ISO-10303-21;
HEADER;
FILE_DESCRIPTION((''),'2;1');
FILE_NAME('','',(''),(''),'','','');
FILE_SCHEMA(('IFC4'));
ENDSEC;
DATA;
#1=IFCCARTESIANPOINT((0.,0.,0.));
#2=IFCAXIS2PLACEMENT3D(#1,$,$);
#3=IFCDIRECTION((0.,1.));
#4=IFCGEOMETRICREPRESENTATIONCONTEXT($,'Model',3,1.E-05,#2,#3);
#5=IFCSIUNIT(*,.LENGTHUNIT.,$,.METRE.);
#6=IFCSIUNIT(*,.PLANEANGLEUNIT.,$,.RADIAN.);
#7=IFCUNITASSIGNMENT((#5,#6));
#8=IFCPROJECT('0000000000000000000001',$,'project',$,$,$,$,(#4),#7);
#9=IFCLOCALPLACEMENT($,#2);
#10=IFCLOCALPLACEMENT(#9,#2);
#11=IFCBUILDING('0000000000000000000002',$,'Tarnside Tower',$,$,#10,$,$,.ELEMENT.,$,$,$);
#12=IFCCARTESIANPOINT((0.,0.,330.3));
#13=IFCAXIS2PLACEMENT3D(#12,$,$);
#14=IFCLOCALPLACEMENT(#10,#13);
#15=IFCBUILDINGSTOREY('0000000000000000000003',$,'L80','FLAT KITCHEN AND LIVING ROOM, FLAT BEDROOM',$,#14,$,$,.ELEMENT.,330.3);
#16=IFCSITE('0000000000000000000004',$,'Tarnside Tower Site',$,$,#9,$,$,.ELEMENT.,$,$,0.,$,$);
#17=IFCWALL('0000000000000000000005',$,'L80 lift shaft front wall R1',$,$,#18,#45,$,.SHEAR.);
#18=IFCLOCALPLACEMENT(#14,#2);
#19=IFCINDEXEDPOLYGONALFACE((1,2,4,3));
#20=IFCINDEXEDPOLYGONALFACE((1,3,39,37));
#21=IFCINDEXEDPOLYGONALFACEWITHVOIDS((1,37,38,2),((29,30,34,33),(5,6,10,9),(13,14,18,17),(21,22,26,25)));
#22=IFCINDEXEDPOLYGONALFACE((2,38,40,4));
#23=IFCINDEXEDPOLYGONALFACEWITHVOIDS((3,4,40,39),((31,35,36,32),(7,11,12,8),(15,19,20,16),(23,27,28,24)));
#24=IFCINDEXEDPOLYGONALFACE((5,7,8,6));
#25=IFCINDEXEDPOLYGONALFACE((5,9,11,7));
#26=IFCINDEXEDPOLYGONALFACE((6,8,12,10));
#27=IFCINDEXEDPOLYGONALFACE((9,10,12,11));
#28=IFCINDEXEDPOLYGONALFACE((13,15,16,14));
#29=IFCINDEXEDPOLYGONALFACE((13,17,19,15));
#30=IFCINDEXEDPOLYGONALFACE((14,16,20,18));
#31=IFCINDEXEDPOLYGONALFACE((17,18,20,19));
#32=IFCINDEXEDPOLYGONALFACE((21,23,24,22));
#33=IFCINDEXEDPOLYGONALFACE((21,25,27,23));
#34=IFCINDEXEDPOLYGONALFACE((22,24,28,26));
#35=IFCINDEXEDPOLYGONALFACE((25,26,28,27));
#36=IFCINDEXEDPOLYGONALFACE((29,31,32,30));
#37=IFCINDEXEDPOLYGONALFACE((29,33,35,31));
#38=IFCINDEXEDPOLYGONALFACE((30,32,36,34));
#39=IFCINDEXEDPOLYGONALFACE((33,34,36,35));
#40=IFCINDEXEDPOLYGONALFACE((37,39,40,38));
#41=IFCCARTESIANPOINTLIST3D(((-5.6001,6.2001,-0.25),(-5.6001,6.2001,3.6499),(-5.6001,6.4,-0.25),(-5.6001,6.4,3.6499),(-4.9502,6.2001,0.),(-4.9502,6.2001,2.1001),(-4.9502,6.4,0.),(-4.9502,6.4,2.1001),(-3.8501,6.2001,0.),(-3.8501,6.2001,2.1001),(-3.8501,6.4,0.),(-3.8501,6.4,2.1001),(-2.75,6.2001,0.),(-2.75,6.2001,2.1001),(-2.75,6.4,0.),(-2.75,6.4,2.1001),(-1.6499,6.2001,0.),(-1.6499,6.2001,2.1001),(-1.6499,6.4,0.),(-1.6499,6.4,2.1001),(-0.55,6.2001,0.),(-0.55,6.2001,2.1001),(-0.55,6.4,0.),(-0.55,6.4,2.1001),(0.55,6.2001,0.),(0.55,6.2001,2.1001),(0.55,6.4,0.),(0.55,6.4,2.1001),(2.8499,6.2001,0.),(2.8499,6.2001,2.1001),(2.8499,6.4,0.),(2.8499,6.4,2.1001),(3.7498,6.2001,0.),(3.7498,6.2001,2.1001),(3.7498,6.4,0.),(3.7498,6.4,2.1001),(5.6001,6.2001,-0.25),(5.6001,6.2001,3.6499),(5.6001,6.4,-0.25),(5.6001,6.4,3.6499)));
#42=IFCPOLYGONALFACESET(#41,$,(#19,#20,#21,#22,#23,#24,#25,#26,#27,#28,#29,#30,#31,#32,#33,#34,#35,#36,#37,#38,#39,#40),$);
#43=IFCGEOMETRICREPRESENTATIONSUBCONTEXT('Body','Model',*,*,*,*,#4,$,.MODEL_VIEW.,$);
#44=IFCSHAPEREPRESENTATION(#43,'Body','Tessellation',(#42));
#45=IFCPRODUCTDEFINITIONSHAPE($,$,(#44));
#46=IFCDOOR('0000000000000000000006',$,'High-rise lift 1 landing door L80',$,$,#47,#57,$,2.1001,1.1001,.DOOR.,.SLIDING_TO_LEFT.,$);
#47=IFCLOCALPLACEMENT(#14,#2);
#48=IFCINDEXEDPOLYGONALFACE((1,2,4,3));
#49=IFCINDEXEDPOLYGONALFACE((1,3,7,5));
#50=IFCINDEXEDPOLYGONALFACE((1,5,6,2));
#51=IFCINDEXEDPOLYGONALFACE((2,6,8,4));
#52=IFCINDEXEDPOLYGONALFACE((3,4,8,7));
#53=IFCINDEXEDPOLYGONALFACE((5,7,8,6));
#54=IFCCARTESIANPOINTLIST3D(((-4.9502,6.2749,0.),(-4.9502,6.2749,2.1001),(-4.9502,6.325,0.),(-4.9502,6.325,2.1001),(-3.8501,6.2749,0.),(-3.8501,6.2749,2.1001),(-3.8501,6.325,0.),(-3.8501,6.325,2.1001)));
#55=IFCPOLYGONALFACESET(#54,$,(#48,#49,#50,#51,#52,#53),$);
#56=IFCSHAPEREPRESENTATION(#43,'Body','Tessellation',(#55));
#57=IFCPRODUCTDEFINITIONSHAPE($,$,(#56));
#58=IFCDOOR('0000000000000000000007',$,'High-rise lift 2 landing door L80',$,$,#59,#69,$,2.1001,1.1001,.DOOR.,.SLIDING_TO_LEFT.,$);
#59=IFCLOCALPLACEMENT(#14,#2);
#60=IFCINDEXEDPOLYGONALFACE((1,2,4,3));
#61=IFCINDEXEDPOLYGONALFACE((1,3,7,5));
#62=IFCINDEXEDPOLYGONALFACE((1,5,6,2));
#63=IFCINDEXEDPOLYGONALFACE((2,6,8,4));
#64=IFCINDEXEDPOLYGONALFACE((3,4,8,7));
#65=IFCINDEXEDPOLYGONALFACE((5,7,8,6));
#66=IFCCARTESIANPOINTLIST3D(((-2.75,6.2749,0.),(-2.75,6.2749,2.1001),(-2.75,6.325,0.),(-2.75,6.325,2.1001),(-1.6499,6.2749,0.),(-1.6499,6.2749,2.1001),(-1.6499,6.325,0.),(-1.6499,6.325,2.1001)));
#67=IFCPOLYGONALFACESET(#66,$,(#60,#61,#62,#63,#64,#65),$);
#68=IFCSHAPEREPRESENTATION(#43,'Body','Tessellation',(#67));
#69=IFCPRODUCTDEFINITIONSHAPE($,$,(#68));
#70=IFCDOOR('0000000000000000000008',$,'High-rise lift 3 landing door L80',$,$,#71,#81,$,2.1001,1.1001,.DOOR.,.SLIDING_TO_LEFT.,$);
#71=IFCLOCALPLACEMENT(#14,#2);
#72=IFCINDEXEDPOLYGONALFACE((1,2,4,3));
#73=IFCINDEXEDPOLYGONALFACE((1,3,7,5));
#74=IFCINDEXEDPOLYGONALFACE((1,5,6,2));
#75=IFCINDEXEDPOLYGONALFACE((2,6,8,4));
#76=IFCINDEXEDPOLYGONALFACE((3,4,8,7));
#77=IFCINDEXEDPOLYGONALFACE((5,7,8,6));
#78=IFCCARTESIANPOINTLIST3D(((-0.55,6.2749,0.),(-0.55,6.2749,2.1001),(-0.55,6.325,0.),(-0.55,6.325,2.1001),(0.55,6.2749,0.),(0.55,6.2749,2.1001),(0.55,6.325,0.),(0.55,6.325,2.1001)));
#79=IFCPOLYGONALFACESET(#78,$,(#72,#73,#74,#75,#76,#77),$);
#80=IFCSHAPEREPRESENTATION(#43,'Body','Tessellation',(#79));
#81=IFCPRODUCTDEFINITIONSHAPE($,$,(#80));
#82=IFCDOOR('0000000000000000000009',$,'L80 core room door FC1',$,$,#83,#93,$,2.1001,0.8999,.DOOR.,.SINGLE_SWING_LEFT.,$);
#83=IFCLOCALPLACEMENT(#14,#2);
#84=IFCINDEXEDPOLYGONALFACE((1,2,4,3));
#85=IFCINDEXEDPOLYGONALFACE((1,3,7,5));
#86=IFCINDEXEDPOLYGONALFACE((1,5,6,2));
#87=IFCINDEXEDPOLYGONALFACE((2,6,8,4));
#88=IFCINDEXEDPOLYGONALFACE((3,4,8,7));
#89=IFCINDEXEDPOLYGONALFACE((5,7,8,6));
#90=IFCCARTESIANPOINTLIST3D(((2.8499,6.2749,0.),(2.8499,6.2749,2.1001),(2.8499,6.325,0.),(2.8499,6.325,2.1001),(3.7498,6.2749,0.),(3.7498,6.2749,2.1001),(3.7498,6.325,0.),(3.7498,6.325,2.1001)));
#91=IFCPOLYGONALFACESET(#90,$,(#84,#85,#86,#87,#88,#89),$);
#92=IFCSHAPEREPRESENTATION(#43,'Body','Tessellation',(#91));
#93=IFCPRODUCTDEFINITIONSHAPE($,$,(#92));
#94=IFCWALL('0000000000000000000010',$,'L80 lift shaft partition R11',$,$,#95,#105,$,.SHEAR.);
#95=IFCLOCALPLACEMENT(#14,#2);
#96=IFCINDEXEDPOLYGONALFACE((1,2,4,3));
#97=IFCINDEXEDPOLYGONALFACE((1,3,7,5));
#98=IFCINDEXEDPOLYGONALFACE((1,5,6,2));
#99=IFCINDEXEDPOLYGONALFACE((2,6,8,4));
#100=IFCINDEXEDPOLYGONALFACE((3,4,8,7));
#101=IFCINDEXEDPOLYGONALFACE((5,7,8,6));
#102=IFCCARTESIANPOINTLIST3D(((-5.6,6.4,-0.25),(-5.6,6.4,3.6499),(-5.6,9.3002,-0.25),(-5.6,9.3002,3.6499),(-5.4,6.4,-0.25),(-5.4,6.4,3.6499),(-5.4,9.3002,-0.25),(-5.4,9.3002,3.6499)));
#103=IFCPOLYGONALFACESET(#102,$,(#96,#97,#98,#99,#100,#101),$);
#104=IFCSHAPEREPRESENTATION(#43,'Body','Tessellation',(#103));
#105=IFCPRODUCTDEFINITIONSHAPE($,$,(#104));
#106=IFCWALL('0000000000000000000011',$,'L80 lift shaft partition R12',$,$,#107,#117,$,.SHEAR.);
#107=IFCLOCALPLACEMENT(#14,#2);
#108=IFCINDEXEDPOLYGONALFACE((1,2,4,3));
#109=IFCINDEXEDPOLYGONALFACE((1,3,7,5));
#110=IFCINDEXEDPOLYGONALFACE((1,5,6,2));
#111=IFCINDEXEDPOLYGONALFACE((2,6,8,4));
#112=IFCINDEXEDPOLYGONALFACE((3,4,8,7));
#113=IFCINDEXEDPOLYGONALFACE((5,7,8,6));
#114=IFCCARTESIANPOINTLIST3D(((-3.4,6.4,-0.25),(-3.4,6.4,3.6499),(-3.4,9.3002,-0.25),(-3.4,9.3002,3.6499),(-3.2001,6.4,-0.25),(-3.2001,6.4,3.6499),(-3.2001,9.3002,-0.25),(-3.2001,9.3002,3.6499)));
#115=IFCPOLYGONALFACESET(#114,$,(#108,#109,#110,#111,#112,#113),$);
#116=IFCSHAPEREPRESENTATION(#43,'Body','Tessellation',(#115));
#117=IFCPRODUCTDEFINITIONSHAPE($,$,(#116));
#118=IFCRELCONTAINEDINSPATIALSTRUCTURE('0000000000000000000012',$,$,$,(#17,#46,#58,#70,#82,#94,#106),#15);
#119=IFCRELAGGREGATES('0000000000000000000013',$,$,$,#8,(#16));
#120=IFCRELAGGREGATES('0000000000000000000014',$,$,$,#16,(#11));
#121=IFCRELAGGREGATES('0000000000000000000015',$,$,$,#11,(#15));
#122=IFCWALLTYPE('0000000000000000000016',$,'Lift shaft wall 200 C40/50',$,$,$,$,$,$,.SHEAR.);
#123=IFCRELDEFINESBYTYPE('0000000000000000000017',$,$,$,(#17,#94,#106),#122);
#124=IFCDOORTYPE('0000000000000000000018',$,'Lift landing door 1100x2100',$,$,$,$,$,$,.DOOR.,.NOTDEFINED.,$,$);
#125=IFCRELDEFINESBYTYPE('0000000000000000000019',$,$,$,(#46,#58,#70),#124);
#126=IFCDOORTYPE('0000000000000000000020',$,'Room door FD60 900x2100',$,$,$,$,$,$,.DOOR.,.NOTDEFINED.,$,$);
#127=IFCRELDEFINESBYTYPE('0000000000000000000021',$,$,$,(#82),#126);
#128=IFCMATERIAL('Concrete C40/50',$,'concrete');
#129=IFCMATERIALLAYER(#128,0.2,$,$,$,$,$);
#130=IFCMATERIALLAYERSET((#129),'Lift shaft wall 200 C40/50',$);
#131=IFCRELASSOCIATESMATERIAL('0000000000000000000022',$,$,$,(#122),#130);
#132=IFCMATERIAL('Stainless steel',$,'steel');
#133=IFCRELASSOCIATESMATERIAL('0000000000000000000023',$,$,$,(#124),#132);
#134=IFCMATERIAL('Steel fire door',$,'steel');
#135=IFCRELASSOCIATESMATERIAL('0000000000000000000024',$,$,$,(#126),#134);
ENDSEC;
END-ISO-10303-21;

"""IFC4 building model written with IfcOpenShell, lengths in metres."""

from ifc_helpers import new_model, si_unit, direction, frame, frame_2d, origin, place, context, subcontext, project, spatial, rectangle, extrude, material, layer, layer_set, type_object, element, fill, save


model = new_model("IFC4")

# Units and contexts
model_context = context("Model", 3, precision=1e-05, world=origin(), true_north=direction((0.0, 1.0)))
body_context = subcontext(model_context, "Body", "Model", "MODEL_VIEW")
ifc_project = project(units=[si_unit("LENGTHUNIT", "METRE"), si_unit("PLANEANGLEUNIT", "RADIAN")], contexts=[model_context])

# Site, building, storey
site_placement = place(None, origin())
site = spatial("IfcSite", under=ifc_project, at=site_placement, Name="Tarnside Tower Site", CompositionType="ELEMENT", RefElevation=0.0)
building_placement = place(site_placement, origin())
building = spatial("IfcBuilding", under=site, at=building_placement, Name="Tarnside Tower", CompositionType="ELEMENT")
storey_placement = place(building_placement, frame((0.0, 0.0, 330.3)))
storey = spatial("IfcBuildingStorey", under=building, at=storey_placement, Name="L80", Description="FLAT KITCHEN AND LIVING ROOM, FLAT BEDROOM", CompositionType="ELEMENT", Elevation=330.3)

# Shared definitions
ifc_material_1 = material(Name="Concrete C40/50", Category="concrete")

# Wall, openings, doors
ifc_layer_1 = layer(ifc_material_1, 0.2)
ifc_layer_set_1 = layer_set([ifc_layer_1], Name="Lift shaft wall 200 C40/50")
wall_type_1 = type_object("IfcWallType", Name="Lift shaft wall 200 C40/50", PredefinedType="SHEAR", material=ifc_layer_set_1)
wall_1_placement = place(storey_placement, frame((-5.6001, 6.3, -0.25), z_axis=(0.0, 0.0, 1.0), x_axis=(1.0, 0.0, 0.0)))
wall_1 = element("IfcWall", 1, at=wall_1_placement, inside=storey, type_object=wall_type_1, Name="L80 lift shaft front wall R1", PredefinedType="SHEAR", context=body_context, shape_type="SweptSolid", body=[
    extrude(rectangle(XDim=11.2002, YDim=0.2, at=frame_2d((5.6001, 0.0))), origin(), (0.0, 0.0, 1.0), 3.8999),
])
opening_1_placement = place(wall_1_placement, frame((8.45, 0.0, 0.25)))
opening_1 = element("IfcOpeningElement", 2, at=opening_1_placement, cuts=wall_1, PredefinedType="OPENING", context=body_context, shape_type="SweptSolid", body=[
    extrude(rectangle(XDim=0.8999, YDim=2.1001, at=frame_2d((0.45, 1.05))), frame((0.0, 0.1099, 0.0), z_axis=(0.0, -1.0, 0.0), x_axis=(1.0, 0.0, 0.0)), (0.0, 0.0, 1.0), 0.22),
])
opening_2_placement = place(wall_1_placement, frame((0.6499, 0.0, 0.25)))
opening_2 = element("IfcOpeningElement", 3, at=opening_2_placement, cuts=wall_1, PredefinedType="OPENING", context=body_context, shape_type="SweptSolid", body=[
    extrude(rectangle(XDim=1.1001, YDim=2.1001, at=frame_2d((0.55, 1.05))), frame((0.0, 0.1099, 0.0), z_axis=(0.0, -1.0, 0.0), x_axis=(1.0, 0.0, 0.0)), (0.0, 0.0, 1.0), 0.22),
])
opening_3_placement = place(wall_1_placement, frame((2.8501, 0.0, 0.25)))
opening_3 = element("IfcOpeningElement", 4, at=opening_3_placement, cuts=wall_1, PredefinedType="OPENING", context=body_context, shape_type="SweptSolid", body=[
    extrude(rectangle(XDim=1.1001, YDim=2.1001, at=frame_2d((0.55, 1.05))), frame((0.0, 0.1099, 0.0), z_axis=(0.0, -1.0, 0.0), x_axis=(1.0, 0.0, 0.0)), (0.0, 0.0, 1.0), 0.22),
])
opening_4_placement = place(wall_1_placement, frame((5.05, 0.0, 0.25)))
opening_4 = element("IfcOpeningElement", 5, at=opening_4_placement, cuts=wall_1, PredefinedType="OPENING", context=body_context, shape_type="SweptSolid", body=[
    extrude(rectangle(XDim=1.1001, YDim=2.1001, at=frame_2d((0.55, 1.05))), frame((0.0, 0.1099, 0.0), z_axis=(0.0, -1.0, 0.0), x_axis=(1.0, 0.0, 0.0)), (0.0, 0.0, 1.0), 0.22),
])
ifc_material_2 = material(Name="Stainless steel", Category="steel")
door_type_1 = type_object("IfcDoorType", Name="Lift landing door 1100x2100", OperationType="NOTDEFINED", PredefinedType="DOOR", material=ifc_material_2)
door_1_placement = place(opening_2_placement, origin())
door_1 = element("IfcDoor", 6, at=door_1_placement, inside=storey, type_object=door_type_1, Name="High-rise lift 1 landing door L80", OperationType="SLIDING_TO_LEFT", OverallHeight=2.1001, OverallWidth=1.1001, PredefinedType="DOOR", context=body_context, shape_type="SweptSolid", body=[
    extrude(rectangle(XDim=1.1001, YDim=2.1001, at=frame_2d((0.55, 1.05))), frame((0.0, 0.0249, 0.0), z_axis=(0.0, -1.0, 0.0), x_axis=(1.0, 0.0, 0.0)), (0.0, 0.0, 1.0), 0.05),
])
fill(opening_2, door_1)
door_2_placement = place(opening_3_placement, origin())
door_2 = element("IfcDoor", 7, at=door_2_placement, inside=storey, type_object=door_type_1, Name="High-rise lift 2 landing door L80", OperationType="SLIDING_TO_LEFT", OverallHeight=2.1001, OverallWidth=1.1001, PredefinedType="DOOR", context=body_context, shape_type="SweptSolid", body=[
    extrude(rectangle(XDim=1.1001, YDim=2.1001, at=frame_2d((0.55, 1.05))), frame((0.0, 0.0249, 0.0), z_axis=(0.0, -1.0, 0.0), x_axis=(1.0, 0.0, 0.0)), (0.0, 0.0, 1.0), 0.05),
])
fill(opening_3, door_2)
door_3_placement = place(opening_4_placement, origin())
door_3 = element("IfcDoor", 8, at=door_3_placement, inside=storey, type_object=door_type_1, Name="High-rise lift 3 landing door L80", OperationType="SLIDING_TO_LEFT", OverallHeight=2.1001, OverallWidth=1.1001, PredefinedType="DOOR", context=body_context, shape_type="SweptSolid", body=[
    extrude(rectangle(XDim=1.1001, YDim=2.1001, at=frame_2d((0.55, 1.05))), frame((0.0, 0.0249, 0.0), z_axis=(0.0, -1.0, 0.0), x_axis=(1.0, 0.0, 0.0)), (0.0, 0.0, 1.0), 0.05),
])
fill(opening_4, door_3)
ifc_material_3 = material(Name="Steel fire door", Category="steel")
door_type_2 = type_object("IfcDoorType", Name="Room door FD60 900x2100", OperationType="NOTDEFINED", PredefinedType="DOOR", material=ifc_material_3)
door_4_placement = place(opening_1_placement, origin())
door_4 = element("IfcDoor", 9, at=door_4_placement, inside=storey, type_object=door_type_2, Name="L80 core room door FC1", OperationType="SINGLE_SWING_LEFT", OverallHeight=2.1001, OverallWidth=0.8999, PredefinedType="DOOR", context=body_context, shape_type="SweptSolid", body=[
    extrude(rectangle(XDim=0.8999, YDim=2.1001, at=frame_2d((0.45, 1.05))), frame((0.0, 0.0249, 0.0), z_axis=(0.0, -1.0, 0.0), x_axis=(1.0, 0.0, 0.0)), (0.0, 0.0, 1.0), 0.05),
])
fill(opening_1, door_4)

# Walls
for number, where, z_axis, x_axis, name in (
    (10, (-5.5, 6.3999, -0.25), (0.0, 0.0, 1.0), (0.0, 1.0, 0.0), "L80 lift shaft partition R11"),
    (11, (-3.3, 6.3999, -0.25), (0.0, 0.0, 1.0), (0.0, 1.0, 0.0), "L80 lift shaft partition R12"),
):
    element("IfcWall", number, at=place(storey_placement, frame(where, z_axis=z_axis, x_axis=x_axis)), inside=storey, type_object=wall_type_1, Name=name, PredefinedType="SHEAR", context=body_context, shape_type="SweptSolid", body=[
        extrude(rectangle(XDim=2.9001, YDim=0.2, at=frame_2d((1.4502, 0.0))), origin(), (0.0, 0.0, 1.0), 3.8999),
    ])

save(model, "model.ifc")
